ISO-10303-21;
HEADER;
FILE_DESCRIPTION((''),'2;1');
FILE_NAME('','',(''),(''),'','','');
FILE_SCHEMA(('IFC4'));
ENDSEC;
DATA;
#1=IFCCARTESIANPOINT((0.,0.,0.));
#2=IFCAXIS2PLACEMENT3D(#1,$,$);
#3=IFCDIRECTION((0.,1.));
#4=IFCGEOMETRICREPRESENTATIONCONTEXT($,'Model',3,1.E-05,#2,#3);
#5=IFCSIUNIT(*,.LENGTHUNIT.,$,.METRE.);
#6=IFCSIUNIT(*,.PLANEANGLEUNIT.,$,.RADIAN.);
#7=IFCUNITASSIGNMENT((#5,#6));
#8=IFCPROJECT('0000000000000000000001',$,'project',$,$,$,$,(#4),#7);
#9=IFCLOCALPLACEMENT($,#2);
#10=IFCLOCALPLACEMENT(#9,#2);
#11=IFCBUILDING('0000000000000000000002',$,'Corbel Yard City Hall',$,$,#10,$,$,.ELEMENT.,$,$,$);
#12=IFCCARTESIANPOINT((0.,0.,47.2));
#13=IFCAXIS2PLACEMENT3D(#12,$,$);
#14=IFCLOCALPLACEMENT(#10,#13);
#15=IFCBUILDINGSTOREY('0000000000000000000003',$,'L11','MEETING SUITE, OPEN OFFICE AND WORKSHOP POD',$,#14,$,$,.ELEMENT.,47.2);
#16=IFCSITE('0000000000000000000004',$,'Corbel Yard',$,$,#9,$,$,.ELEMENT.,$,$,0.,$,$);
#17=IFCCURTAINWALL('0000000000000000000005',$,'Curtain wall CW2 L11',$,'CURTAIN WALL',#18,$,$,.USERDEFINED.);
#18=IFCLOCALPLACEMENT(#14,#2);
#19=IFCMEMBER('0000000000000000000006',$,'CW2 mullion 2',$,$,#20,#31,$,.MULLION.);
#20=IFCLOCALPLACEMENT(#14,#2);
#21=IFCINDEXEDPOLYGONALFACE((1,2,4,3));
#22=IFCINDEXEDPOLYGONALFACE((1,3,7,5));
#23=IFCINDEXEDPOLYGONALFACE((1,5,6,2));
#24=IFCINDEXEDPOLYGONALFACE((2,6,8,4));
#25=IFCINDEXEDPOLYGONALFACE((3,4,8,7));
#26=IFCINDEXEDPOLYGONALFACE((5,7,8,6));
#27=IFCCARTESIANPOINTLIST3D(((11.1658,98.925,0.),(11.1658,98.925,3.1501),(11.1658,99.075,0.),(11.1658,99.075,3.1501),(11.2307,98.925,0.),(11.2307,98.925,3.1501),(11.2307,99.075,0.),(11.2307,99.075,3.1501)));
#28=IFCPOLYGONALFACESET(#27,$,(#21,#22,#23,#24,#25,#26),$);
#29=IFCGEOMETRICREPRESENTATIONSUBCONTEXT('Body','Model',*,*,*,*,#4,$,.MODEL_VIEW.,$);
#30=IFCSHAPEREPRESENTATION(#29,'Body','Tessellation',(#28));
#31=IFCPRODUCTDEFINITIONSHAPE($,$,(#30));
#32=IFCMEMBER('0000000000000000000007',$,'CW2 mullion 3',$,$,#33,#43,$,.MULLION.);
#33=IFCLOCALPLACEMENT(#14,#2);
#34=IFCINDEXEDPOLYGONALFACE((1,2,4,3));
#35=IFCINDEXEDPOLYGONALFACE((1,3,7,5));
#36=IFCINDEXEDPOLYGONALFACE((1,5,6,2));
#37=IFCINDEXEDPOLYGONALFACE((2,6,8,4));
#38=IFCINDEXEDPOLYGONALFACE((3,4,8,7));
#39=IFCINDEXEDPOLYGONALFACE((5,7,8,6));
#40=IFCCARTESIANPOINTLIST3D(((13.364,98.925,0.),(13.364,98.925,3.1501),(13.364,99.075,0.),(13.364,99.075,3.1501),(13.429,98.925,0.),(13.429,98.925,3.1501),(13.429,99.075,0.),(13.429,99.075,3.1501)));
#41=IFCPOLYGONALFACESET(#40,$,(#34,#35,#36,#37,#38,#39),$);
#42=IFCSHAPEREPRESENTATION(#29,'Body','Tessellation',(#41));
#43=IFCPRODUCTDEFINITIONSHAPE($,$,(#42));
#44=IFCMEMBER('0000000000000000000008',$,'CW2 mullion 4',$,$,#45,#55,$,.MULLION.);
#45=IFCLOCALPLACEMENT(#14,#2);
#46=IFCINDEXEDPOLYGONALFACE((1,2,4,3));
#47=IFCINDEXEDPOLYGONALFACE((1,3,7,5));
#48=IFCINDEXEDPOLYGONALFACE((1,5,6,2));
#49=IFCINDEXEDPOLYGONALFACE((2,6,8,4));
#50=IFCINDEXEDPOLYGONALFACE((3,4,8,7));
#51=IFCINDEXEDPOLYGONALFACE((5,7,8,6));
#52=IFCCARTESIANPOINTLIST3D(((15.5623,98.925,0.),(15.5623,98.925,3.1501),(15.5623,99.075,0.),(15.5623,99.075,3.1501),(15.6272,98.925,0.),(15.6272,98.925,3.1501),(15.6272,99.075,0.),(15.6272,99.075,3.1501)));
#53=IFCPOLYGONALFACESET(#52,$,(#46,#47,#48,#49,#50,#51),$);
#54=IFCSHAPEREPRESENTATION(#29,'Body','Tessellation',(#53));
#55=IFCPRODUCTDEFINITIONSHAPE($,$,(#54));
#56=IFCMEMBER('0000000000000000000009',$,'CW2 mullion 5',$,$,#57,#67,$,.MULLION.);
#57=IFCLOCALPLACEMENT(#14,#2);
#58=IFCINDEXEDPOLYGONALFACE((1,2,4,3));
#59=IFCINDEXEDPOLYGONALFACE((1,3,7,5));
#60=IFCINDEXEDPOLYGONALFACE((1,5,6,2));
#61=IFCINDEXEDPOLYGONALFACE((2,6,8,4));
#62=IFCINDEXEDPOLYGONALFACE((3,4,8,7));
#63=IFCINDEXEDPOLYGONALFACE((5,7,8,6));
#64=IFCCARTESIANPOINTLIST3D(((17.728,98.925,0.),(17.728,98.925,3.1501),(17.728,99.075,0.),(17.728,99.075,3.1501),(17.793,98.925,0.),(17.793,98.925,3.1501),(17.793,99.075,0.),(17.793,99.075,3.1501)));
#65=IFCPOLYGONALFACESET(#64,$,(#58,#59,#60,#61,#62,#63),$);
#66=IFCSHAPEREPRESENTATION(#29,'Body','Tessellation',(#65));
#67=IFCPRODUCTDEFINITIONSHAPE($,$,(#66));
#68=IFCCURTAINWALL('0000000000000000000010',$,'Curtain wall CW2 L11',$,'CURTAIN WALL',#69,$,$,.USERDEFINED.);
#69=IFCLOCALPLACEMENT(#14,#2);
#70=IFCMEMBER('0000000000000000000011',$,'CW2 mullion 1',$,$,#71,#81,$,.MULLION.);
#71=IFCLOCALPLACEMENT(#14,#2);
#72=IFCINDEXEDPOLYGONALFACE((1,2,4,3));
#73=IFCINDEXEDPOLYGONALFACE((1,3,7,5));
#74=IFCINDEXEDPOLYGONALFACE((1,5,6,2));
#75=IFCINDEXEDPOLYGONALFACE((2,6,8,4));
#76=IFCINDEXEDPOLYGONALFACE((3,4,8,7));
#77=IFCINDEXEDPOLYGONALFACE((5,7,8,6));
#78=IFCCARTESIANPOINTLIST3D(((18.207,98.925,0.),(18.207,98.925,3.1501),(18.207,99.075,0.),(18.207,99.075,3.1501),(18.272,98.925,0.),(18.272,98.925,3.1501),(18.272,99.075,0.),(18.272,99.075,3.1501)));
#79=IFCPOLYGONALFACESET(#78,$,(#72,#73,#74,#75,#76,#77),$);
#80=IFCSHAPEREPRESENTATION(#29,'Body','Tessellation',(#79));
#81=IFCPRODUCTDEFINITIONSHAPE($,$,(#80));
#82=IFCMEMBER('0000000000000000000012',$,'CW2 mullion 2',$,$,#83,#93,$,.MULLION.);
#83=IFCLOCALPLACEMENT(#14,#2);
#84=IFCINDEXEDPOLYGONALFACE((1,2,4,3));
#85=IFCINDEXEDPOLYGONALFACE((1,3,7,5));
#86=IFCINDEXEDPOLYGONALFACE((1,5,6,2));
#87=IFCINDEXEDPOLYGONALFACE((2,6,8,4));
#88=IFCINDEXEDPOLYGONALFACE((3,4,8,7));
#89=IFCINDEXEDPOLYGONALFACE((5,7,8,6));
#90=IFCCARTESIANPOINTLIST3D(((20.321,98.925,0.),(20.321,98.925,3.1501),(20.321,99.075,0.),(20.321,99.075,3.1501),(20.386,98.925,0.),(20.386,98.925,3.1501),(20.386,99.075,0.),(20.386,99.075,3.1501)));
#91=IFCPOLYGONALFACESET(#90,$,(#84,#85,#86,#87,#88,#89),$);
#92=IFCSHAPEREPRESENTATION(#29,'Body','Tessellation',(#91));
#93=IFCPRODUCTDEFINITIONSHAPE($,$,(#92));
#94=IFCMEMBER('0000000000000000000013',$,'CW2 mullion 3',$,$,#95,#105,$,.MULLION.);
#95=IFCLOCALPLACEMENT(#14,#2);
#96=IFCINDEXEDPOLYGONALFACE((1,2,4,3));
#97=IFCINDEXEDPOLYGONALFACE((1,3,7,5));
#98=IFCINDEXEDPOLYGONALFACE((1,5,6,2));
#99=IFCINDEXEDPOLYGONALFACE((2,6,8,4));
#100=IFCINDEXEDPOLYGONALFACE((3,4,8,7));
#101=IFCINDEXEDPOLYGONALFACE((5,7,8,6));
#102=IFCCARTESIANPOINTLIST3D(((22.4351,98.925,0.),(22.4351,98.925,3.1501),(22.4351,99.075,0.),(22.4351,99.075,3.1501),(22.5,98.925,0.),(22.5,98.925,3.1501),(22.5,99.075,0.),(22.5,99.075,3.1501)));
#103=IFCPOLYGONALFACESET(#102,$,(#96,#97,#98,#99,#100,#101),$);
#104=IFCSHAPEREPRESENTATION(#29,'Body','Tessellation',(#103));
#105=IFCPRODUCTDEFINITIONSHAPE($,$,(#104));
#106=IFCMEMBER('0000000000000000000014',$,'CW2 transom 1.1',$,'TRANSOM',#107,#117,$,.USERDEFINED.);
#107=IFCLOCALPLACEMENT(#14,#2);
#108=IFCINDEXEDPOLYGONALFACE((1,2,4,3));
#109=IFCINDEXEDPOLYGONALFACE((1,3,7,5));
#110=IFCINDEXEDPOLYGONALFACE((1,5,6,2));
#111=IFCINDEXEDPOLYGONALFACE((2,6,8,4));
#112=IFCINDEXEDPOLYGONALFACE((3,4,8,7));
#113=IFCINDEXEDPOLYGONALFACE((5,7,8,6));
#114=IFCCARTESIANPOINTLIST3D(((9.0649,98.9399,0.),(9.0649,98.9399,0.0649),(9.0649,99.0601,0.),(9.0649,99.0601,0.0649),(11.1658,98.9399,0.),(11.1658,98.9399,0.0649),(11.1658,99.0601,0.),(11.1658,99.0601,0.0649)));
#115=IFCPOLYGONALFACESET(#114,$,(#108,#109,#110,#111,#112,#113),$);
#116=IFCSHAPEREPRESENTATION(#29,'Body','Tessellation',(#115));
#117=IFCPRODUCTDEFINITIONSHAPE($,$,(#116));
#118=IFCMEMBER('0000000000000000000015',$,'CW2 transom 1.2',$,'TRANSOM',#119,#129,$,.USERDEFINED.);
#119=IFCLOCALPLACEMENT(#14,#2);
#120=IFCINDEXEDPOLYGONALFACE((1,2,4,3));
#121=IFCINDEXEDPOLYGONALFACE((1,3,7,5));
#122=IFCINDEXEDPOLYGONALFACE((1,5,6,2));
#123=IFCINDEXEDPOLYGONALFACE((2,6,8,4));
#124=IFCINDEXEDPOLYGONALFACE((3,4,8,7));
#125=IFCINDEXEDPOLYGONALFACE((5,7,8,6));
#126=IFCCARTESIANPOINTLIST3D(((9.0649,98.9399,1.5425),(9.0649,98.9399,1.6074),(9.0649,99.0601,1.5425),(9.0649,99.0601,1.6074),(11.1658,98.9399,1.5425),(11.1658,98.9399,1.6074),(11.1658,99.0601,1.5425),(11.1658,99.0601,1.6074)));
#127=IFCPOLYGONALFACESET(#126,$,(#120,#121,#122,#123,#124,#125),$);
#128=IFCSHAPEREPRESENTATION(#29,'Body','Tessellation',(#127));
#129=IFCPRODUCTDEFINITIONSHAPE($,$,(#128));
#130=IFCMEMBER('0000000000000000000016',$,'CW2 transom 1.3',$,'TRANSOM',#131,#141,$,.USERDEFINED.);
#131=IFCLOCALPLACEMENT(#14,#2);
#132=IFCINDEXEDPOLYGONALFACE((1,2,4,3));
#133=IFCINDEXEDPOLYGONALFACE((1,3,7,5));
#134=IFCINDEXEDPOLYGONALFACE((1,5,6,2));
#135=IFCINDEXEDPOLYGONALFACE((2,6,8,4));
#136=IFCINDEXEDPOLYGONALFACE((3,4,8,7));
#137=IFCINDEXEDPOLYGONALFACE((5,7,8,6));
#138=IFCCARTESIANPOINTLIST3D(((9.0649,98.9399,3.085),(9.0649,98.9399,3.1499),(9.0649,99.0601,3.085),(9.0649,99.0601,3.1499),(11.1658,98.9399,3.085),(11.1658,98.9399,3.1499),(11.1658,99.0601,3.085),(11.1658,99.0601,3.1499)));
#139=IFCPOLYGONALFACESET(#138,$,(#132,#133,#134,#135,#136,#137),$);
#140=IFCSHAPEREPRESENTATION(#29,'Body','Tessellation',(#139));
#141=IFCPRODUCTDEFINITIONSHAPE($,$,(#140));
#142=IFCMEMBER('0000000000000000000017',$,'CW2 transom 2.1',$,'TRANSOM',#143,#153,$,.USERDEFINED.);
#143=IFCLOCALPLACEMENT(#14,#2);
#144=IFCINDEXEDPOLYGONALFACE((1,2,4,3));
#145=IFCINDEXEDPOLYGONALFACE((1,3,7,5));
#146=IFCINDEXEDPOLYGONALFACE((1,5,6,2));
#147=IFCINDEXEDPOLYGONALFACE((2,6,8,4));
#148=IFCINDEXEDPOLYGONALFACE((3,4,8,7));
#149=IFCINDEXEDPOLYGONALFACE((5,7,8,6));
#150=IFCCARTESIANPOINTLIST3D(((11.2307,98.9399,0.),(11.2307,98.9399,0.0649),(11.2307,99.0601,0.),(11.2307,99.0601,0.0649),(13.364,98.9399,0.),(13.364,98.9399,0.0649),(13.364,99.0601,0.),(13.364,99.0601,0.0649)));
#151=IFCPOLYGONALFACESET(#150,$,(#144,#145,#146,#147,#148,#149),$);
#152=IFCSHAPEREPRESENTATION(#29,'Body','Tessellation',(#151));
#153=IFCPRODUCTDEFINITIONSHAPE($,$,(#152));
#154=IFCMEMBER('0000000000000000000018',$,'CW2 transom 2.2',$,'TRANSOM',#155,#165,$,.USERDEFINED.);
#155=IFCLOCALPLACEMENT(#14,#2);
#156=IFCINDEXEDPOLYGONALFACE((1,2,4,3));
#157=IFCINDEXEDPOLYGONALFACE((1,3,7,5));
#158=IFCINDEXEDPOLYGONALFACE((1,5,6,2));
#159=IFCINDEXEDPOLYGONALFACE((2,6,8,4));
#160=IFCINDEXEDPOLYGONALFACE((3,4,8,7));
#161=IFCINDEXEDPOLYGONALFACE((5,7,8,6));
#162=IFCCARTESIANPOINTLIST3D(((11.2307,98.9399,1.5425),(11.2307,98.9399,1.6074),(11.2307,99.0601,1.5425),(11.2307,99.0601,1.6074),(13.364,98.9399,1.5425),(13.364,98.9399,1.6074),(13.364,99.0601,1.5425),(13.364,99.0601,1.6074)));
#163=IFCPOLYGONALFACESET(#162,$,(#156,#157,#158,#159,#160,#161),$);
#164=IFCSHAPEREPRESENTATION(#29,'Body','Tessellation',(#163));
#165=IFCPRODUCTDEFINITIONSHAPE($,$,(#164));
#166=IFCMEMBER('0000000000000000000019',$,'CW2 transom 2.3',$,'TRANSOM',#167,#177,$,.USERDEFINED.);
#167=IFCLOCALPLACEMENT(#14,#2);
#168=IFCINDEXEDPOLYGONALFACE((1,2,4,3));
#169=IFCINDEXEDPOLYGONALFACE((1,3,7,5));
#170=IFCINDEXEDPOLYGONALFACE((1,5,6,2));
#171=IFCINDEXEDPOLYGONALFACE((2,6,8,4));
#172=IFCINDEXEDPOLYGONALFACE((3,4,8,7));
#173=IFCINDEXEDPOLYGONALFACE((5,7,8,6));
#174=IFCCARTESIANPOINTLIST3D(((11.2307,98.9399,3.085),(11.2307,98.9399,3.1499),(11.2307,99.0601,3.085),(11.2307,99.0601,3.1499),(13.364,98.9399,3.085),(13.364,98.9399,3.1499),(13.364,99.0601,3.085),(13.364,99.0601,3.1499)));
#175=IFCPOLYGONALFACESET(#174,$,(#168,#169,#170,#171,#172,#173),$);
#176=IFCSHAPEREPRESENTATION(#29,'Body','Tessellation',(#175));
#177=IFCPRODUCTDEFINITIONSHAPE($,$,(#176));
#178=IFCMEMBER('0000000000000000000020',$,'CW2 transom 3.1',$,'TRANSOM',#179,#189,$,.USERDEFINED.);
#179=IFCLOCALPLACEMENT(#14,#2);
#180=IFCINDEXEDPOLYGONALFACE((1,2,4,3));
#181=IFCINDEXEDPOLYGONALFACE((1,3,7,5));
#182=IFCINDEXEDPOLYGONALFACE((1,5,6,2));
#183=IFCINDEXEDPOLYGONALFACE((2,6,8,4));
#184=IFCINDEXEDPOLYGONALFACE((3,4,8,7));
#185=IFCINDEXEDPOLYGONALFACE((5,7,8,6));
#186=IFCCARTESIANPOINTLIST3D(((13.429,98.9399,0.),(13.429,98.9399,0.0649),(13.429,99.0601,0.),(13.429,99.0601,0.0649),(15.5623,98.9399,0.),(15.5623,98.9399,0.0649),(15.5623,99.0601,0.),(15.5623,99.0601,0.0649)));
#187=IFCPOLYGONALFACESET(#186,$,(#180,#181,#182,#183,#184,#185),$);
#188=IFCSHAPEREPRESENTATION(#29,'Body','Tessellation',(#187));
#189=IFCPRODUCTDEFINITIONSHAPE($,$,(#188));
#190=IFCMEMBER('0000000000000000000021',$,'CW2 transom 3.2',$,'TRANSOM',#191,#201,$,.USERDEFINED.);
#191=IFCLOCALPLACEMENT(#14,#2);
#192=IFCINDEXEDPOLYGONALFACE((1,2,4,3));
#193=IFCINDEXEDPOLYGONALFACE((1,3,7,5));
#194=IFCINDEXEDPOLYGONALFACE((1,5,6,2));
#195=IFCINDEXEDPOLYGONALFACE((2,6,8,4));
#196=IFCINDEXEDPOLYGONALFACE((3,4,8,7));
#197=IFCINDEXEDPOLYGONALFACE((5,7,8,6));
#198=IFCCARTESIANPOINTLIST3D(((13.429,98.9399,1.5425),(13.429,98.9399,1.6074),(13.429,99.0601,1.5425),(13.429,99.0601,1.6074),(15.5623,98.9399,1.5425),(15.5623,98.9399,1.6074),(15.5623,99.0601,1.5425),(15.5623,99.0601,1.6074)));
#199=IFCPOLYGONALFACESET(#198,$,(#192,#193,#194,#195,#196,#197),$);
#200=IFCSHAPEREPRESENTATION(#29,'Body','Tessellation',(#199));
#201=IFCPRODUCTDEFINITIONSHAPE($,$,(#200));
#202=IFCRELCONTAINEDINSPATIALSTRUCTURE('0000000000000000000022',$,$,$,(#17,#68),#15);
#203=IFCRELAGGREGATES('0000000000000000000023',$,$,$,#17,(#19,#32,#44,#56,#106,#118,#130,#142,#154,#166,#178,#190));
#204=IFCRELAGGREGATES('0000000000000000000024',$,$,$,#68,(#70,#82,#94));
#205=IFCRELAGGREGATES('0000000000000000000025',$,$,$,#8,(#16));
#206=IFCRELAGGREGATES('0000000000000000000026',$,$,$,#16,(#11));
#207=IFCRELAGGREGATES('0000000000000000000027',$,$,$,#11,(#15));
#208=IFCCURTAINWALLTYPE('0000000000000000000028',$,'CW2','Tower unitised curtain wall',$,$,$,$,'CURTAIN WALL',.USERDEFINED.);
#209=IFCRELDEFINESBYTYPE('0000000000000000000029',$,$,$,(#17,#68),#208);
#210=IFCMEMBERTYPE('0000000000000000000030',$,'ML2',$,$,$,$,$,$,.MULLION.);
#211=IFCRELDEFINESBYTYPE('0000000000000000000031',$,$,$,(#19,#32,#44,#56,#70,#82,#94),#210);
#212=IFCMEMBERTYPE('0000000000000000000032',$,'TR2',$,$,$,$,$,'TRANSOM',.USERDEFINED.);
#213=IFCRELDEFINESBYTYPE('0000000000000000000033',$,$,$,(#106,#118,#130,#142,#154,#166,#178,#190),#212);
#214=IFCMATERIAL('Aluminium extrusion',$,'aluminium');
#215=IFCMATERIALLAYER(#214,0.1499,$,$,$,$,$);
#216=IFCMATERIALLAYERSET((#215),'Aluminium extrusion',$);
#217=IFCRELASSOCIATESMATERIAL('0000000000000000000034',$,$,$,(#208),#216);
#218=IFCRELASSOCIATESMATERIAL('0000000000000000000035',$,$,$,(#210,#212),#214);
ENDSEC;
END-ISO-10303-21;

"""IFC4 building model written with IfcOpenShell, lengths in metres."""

from ifc_helpers import new_model, si_unit, direction, frame, origin, origin_2d, place, context, subcontext, project, spatial, rectangle, extrude, material, layer, layer_set, material_profile, profile_set, type_object, element, aggregate, save


model = new_model("IFC4")

# Units and contexts
model_context = context("Model", 3, precision=1e-05, world=origin(), true_north=direction((0.0, 1.0)))
body_context = subcontext(model_context, "Body", "Model", "MODEL_VIEW")
ifc_project = project(units=[si_unit("LENGTHUNIT", "METRE"), si_unit("PLANEANGLEUNIT", "RADIAN")], contexts=[model_context])

# Site, building, storey
site_placement = place(None, origin())
site = spatial("IfcSite", under=ifc_project, at=site_placement, Name="Corbel Yard", CompositionType="ELEMENT", RefElevation=0.0)
building_placement = place(site_placement, origin())
building = spatial("IfcBuilding", under=site, at=building_placement, Name="Corbel Yard City Hall", CompositionType="ELEMENT")
storey_placement = place(building_placement, frame((0.0, 0.0, 47.2)))
storey = spatial("IfcBuildingStorey", under=building, at=storey_placement, Name="L11", Description="MEETING SUITE, OPEN OFFICE AND WORKSHOP POD", CompositionType="ELEMENT", Elevation=47.2)

# Curtain walls, members
ifc_material_1 = material(Name="Aluminium extrusion", Category="aluminium")
ifc_layer_1 = layer(ifc_material_1, 0.1499)
ifc_layer_set_1 = layer_set([ifc_layer_1], Name="Aluminium extrusion")
curtain_wall_type = type_object("IfcCurtainWallType", Name="CW2", Description="Tower unitised curtain wall", ElementType="CURTAIN WALL", PredefinedType="USERDEFINED", material=ifc_layer_set_1)
curtain_wall_1_placement = place(storey_placement, origin())
curtain_wall_1 = element("IfcCurtainWall", 1, at=curtain_wall_1_placement, inside=storey, type_object=curtain_wall_type, Name="Curtain wall CW2 L11", ObjectType="CURTAIN WALL", PredefinedType="USERDEFINED")
ifc_material_profile_1 = material_profile(ifc_material_1, rectangle(XDim=0.1499, YDim=0.0649, at=origin_2d()), Name="150x65")
ifc_profile_set_1 = profile_set([ifc_material_profile_1], Name="Aluminium extrusion")
member_type_1 = type_object("IfcMemberType", Name="ML2", PredefinedType="MULLION", material=ifc_profile_set_1)
member_1_placement = place(storey_placement, frame((11.1982, 99.0, 0.0), z_axis=(0.0, 0.0, 1.0), x_axis=(0.0, 1.0, 0.0)))
member_1 = element("IfcMember", 2, at=member_1_placement, type_object=member_type_1, Name="CW2 mullion 2", PredefinedType="MULLION", context=body_context, shape_type="SweptSolid", body=[
    extrude(rectangle(XDim=0.1499, YDim=0.0649, at=origin_2d()), origin(), (0.0, 0.0, 1.0), 3.1501),
])
member_2_placement = place(storey_placement, frame((13.3965, 99.0, 0.0), z_axis=(0.0, 0.0, 1.0), x_axis=(0.0, 1.0, 0.0)))
member_2 = element("IfcMember", 3, at=member_2_placement, type_object=member_type_1, Name="CW2 mullion 3", PredefinedType="MULLION", context=body_context, shape_type="SweptSolid", body=[
    extrude(rectangle(XDim=0.1499, YDim=0.0649, at=origin_2d()), origin(), (0.0, 0.0, 1.0), 3.1501),
])
member_3_placement = place(storey_placement, frame((15.5947, 99.0, 0.0), z_axis=(0.0, 0.0, 1.0), x_axis=(0.0, 1.0, 0.0)))
member_3 = element("IfcMember", 4, at=member_3_placement, type_object=member_type_1, Name="CW2 mullion 4", PredefinedType="MULLION", context=body_context, shape_type="SweptSolid", body=[
    extrude(rectangle(XDim=0.1499, YDim=0.0649, at=origin_2d()), origin(), (0.0, 0.0, 1.0), 3.1501),
])
member_4_placement = place(storey_placement, frame((17.7605, 99.0, 0.0), z_axis=(0.0, 0.0, 1.0), x_axis=(0.0, 1.0, 0.0)))
member_4 = element("IfcMember", 5, at=member_4_placement, type_object=member_type_1, Name="CW2 mullion 5", PredefinedType="MULLION", context=body_context, shape_type="SweptSolid", body=[
    extrude(rectangle(XDim=0.1499, YDim=0.0649, at=origin_2d()), origin(), (0.0, 0.0, 1.0), 3.1501),
])
curtain_wall_2_placement = place(storey_placement, origin())
curtain_wall_2 = element("IfcCurtainWall", 6, at=curtain_wall_2_placement, inside=storey, type_object=curtain_wall_type, Name="Curtain wall CW2 L11", ObjectType="CURTAIN WALL", PredefinedType="USERDEFINED")
member_5_placement = place(storey_placement, frame((18.2395, 99.0, 0.0), z_axis=(0.0, 0.0, 1.0), x_axis=(0.0, 1.0, 0.0)))
member_5 = element("IfcMember", 7, at=member_5_placement, type_object=member_type_1, Name="CW2 mullion 1", PredefinedType="MULLION", context=body_context, shape_type="SweptSolid", body=[
    extrude(rectangle(XDim=0.1499, YDim=0.0649, at=origin_2d()), origin(), (0.0, 0.0, 1.0), 3.1501),
])
member_6_placement = place(storey_placement, frame((20.3535, 99.0, 0.0), z_axis=(0.0, 0.0, 1.0), x_axis=(0.0, 1.0, 0.0)))
member_6 = element("IfcMember", 8, at=member_6_placement, type_object=member_type_1, Name="CW2 mullion 2", PredefinedType="MULLION", context=body_context, shape_type="SweptSolid", body=[
    extrude(rectangle(XDim=0.1499, YDim=0.0649, at=origin_2d()), origin(), (0.0, 0.0, 1.0), 3.1501),
])
member_7_placement = place(storey_placement, frame((22.4675, 99.0, 0.0), z_axis=(0.0, 0.0, 1.0), x_axis=(0.0, 1.0, 0.0)))
member_7 = element("IfcMember", 9, at=member_7_placement, type_object=member_type_1, Name="CW2 mullion 3", PredefinedType="MULLION", context=body_context, shape_type="SweptSolid", body=[
    extrude(rectangle(XDim=0.1499, YDim=0.0649, at=origin_2d()), origin(), (0.0, 0.0, 1.0), 3.1501),
])

# Members
ifc_material_profile_2 = material_profile(ifc_material_1, rectangle(XDim=0.1201, YDim=0.0649, at=origin_2d()), Name="120x65")
ifc_profile_set_2 = profile_set([ifc_material_profile_2], Name="Aluminium extrusion")
member_type_2 = type_object("IfcMemberType", Name="TR2", ElementType="TRANSOM", PredefinedType="USERDEFINED", material=ifc_profile_set_2)
member_8_placement = place(storey_placement, frame((9.0649, 99.0, 0.0325), z_axis=(1.0, 0.0, 0.0), x_axis=(0.0, 1.0, 0.0)))
member_8 = element("IfcMember", 10, at=member_8_placement, type_object=member_type_2, Name="CW2 transom 1.1", ObjectType="TRANSOM", PredefinedType="USERDEFINED", context=body_context, shape_type="SweptSolid", body=[
    extrude(rectangle(XDim=0.1201, YDim=0.0649, at=origin_2d()), origin(), (0.0, 0.0, 1.0), 2.1008),
])
member_9_placement = place(storey_placement, frame((9.0649, 99.0, 1.575), z_axis=(1.0, 0.0, 0.0), x_axis=(0.0, 1.0, 0.0)))
member_9 = element("IfcMember", 11, at=member_9_placement, type_object=member_type_2, Name="CW2 transom 1.2", ObjectType="TRANSOM", PredefinedType="USERDEFINED", context=body_context, shape_type="SweptSolid", body=[
    extrude(rectangle(XDim=0.1201, YDim=0.0649, at=origin_2d()), origin(), (0.0, 0.0, 1.0), 2.1008),
])
member_10_placement = place(storey_placement, frame((9.0649, 99.0, 3.1174), z_axis=(1.0, 0.0, 0.0), x_axis=(0.0, 1.0, 0.0)))
member_10 = element("IfcMember", 12, at=member_10_placement, type_object=member_type_2, Name="CW2 transom 1.3", ObjectType="TRANSOM", PredefinedType="USERDEFINED", context=body_context, shape_type="SweptSolid", body=[
    extrude(rectangle(XDim=0.1201, YDim=0.0649, at=origin_2d()), origin(), (0.0, 0.0, 1.0), 2.1008),
])
member_11_placement = place(storey_placement, frame((11.2307, 99.0, 0.0325), z_axis=(1.0, 0.0, 0.0), x_axis=(0.0, 1.0, 0.0)))
member_11 = element("IfcMember", 13, at=member_11_placement, type_object=member_type_2, Name="CW2 transom 2.1", ObjectType="TRANSOM", PredefinedType="USERDEFINED", context=body_context, shape_type="SweptSolid", body=[
    extrude(rectangle(XDim=0.1201, YDim=0.0649, at=origin_2d()), origin(), (0.0, 0.0, 1.0), 2.1333),
])
member_12_placement = place(storey_placement, frame((11.2307, 99.0, 1.575), z_axis=(1.0, 0.0, 0.0), x_axis=(0.0, 1.0, 0.0)))
member_12 = element("IfcMember", 14, at=member_12_placement, type_object=member_type_2, Name="CW2 transom 2.2", ObjectType="TRANSOM", PredefinedType="USERDEFINED", context=body_context, shape_type="SweptSolid", body=[
    extrude(rectangle(XDim=0.1201, YDim=0.0649, at=origin_2d()), origin(), (0.0, 0.0, 1.0), 2.1333),
])
member_13_placement = place(storey_placement, frame((11.2307, 99.0, 3.1174), z_axis=(1.0, 0.0, 0.0), x_axis=(0.0, 1.0, 0.0)))
member_13 = element("IfcMember", 15, at=member_13_placement, type_object=member_type_2, Name="CW2 transom 2.3", ObjectType="TRANSOM", PredefinedType="USERDEFINED", context=body_context, shape_type="SweptSolid", body=[
    extrude(rectangle(XDim=0.1201, YDim=0.0649, at=origin_2d()), origin(), (0.0, 0.0, 1.0), 2.1333),
])
member_14_placement = place(storey_placement, frame((13.429, 99.0, 0.0325), z_axis=(1.0, 0.0, 0.0), x_axis=(0.0, 1.0, 0.0)))
member_14 = element("IfcMember", 16, at=member_14_placement, type_object=member_type_2, Name="CW2 transom 3.1", ObjectType="TRANSOM", PredefinedType="USERDEFINED", context=body_context, shape_type="SweptSolid", body=[
    extrude(rectangle(XDim=0.1201, YDim=0.0649, at=origin_2d()), origin(), (0.0, 0.0, 1.0), 2.1333),
])
member_15_placement = place(storey_placement, frame((13.429, 99.0, 1.575), z_axis=(1.0, 0.0, 0.0), x_axis=(0.0, 1.0, 0.0)))
member_15 = element("IfcMember", 17, at=member_15_placement, type_object=member_type_2, Name="CW2 transom 3.2", ObjectType="TRANSOM", PredefinedType="USERDEFINED", context=body_context, shape_type="SweptSolid", body=[
    extrude(rectangle(XDim=0.1201, YDim=0.0649, at=origin_2d()), origin(), (0.0, 0.0, 1.0), 2.1333),
])

aggregate(curtain_wall_1, [member_1, member_2, member_3, member_4, member_8, member_9, member_10, member_11, member_12, member_13, member_14, member_15])
aggregate(curtain_wall_2, [member_5, member_6, member_7])

save(model, "model.ifc")
